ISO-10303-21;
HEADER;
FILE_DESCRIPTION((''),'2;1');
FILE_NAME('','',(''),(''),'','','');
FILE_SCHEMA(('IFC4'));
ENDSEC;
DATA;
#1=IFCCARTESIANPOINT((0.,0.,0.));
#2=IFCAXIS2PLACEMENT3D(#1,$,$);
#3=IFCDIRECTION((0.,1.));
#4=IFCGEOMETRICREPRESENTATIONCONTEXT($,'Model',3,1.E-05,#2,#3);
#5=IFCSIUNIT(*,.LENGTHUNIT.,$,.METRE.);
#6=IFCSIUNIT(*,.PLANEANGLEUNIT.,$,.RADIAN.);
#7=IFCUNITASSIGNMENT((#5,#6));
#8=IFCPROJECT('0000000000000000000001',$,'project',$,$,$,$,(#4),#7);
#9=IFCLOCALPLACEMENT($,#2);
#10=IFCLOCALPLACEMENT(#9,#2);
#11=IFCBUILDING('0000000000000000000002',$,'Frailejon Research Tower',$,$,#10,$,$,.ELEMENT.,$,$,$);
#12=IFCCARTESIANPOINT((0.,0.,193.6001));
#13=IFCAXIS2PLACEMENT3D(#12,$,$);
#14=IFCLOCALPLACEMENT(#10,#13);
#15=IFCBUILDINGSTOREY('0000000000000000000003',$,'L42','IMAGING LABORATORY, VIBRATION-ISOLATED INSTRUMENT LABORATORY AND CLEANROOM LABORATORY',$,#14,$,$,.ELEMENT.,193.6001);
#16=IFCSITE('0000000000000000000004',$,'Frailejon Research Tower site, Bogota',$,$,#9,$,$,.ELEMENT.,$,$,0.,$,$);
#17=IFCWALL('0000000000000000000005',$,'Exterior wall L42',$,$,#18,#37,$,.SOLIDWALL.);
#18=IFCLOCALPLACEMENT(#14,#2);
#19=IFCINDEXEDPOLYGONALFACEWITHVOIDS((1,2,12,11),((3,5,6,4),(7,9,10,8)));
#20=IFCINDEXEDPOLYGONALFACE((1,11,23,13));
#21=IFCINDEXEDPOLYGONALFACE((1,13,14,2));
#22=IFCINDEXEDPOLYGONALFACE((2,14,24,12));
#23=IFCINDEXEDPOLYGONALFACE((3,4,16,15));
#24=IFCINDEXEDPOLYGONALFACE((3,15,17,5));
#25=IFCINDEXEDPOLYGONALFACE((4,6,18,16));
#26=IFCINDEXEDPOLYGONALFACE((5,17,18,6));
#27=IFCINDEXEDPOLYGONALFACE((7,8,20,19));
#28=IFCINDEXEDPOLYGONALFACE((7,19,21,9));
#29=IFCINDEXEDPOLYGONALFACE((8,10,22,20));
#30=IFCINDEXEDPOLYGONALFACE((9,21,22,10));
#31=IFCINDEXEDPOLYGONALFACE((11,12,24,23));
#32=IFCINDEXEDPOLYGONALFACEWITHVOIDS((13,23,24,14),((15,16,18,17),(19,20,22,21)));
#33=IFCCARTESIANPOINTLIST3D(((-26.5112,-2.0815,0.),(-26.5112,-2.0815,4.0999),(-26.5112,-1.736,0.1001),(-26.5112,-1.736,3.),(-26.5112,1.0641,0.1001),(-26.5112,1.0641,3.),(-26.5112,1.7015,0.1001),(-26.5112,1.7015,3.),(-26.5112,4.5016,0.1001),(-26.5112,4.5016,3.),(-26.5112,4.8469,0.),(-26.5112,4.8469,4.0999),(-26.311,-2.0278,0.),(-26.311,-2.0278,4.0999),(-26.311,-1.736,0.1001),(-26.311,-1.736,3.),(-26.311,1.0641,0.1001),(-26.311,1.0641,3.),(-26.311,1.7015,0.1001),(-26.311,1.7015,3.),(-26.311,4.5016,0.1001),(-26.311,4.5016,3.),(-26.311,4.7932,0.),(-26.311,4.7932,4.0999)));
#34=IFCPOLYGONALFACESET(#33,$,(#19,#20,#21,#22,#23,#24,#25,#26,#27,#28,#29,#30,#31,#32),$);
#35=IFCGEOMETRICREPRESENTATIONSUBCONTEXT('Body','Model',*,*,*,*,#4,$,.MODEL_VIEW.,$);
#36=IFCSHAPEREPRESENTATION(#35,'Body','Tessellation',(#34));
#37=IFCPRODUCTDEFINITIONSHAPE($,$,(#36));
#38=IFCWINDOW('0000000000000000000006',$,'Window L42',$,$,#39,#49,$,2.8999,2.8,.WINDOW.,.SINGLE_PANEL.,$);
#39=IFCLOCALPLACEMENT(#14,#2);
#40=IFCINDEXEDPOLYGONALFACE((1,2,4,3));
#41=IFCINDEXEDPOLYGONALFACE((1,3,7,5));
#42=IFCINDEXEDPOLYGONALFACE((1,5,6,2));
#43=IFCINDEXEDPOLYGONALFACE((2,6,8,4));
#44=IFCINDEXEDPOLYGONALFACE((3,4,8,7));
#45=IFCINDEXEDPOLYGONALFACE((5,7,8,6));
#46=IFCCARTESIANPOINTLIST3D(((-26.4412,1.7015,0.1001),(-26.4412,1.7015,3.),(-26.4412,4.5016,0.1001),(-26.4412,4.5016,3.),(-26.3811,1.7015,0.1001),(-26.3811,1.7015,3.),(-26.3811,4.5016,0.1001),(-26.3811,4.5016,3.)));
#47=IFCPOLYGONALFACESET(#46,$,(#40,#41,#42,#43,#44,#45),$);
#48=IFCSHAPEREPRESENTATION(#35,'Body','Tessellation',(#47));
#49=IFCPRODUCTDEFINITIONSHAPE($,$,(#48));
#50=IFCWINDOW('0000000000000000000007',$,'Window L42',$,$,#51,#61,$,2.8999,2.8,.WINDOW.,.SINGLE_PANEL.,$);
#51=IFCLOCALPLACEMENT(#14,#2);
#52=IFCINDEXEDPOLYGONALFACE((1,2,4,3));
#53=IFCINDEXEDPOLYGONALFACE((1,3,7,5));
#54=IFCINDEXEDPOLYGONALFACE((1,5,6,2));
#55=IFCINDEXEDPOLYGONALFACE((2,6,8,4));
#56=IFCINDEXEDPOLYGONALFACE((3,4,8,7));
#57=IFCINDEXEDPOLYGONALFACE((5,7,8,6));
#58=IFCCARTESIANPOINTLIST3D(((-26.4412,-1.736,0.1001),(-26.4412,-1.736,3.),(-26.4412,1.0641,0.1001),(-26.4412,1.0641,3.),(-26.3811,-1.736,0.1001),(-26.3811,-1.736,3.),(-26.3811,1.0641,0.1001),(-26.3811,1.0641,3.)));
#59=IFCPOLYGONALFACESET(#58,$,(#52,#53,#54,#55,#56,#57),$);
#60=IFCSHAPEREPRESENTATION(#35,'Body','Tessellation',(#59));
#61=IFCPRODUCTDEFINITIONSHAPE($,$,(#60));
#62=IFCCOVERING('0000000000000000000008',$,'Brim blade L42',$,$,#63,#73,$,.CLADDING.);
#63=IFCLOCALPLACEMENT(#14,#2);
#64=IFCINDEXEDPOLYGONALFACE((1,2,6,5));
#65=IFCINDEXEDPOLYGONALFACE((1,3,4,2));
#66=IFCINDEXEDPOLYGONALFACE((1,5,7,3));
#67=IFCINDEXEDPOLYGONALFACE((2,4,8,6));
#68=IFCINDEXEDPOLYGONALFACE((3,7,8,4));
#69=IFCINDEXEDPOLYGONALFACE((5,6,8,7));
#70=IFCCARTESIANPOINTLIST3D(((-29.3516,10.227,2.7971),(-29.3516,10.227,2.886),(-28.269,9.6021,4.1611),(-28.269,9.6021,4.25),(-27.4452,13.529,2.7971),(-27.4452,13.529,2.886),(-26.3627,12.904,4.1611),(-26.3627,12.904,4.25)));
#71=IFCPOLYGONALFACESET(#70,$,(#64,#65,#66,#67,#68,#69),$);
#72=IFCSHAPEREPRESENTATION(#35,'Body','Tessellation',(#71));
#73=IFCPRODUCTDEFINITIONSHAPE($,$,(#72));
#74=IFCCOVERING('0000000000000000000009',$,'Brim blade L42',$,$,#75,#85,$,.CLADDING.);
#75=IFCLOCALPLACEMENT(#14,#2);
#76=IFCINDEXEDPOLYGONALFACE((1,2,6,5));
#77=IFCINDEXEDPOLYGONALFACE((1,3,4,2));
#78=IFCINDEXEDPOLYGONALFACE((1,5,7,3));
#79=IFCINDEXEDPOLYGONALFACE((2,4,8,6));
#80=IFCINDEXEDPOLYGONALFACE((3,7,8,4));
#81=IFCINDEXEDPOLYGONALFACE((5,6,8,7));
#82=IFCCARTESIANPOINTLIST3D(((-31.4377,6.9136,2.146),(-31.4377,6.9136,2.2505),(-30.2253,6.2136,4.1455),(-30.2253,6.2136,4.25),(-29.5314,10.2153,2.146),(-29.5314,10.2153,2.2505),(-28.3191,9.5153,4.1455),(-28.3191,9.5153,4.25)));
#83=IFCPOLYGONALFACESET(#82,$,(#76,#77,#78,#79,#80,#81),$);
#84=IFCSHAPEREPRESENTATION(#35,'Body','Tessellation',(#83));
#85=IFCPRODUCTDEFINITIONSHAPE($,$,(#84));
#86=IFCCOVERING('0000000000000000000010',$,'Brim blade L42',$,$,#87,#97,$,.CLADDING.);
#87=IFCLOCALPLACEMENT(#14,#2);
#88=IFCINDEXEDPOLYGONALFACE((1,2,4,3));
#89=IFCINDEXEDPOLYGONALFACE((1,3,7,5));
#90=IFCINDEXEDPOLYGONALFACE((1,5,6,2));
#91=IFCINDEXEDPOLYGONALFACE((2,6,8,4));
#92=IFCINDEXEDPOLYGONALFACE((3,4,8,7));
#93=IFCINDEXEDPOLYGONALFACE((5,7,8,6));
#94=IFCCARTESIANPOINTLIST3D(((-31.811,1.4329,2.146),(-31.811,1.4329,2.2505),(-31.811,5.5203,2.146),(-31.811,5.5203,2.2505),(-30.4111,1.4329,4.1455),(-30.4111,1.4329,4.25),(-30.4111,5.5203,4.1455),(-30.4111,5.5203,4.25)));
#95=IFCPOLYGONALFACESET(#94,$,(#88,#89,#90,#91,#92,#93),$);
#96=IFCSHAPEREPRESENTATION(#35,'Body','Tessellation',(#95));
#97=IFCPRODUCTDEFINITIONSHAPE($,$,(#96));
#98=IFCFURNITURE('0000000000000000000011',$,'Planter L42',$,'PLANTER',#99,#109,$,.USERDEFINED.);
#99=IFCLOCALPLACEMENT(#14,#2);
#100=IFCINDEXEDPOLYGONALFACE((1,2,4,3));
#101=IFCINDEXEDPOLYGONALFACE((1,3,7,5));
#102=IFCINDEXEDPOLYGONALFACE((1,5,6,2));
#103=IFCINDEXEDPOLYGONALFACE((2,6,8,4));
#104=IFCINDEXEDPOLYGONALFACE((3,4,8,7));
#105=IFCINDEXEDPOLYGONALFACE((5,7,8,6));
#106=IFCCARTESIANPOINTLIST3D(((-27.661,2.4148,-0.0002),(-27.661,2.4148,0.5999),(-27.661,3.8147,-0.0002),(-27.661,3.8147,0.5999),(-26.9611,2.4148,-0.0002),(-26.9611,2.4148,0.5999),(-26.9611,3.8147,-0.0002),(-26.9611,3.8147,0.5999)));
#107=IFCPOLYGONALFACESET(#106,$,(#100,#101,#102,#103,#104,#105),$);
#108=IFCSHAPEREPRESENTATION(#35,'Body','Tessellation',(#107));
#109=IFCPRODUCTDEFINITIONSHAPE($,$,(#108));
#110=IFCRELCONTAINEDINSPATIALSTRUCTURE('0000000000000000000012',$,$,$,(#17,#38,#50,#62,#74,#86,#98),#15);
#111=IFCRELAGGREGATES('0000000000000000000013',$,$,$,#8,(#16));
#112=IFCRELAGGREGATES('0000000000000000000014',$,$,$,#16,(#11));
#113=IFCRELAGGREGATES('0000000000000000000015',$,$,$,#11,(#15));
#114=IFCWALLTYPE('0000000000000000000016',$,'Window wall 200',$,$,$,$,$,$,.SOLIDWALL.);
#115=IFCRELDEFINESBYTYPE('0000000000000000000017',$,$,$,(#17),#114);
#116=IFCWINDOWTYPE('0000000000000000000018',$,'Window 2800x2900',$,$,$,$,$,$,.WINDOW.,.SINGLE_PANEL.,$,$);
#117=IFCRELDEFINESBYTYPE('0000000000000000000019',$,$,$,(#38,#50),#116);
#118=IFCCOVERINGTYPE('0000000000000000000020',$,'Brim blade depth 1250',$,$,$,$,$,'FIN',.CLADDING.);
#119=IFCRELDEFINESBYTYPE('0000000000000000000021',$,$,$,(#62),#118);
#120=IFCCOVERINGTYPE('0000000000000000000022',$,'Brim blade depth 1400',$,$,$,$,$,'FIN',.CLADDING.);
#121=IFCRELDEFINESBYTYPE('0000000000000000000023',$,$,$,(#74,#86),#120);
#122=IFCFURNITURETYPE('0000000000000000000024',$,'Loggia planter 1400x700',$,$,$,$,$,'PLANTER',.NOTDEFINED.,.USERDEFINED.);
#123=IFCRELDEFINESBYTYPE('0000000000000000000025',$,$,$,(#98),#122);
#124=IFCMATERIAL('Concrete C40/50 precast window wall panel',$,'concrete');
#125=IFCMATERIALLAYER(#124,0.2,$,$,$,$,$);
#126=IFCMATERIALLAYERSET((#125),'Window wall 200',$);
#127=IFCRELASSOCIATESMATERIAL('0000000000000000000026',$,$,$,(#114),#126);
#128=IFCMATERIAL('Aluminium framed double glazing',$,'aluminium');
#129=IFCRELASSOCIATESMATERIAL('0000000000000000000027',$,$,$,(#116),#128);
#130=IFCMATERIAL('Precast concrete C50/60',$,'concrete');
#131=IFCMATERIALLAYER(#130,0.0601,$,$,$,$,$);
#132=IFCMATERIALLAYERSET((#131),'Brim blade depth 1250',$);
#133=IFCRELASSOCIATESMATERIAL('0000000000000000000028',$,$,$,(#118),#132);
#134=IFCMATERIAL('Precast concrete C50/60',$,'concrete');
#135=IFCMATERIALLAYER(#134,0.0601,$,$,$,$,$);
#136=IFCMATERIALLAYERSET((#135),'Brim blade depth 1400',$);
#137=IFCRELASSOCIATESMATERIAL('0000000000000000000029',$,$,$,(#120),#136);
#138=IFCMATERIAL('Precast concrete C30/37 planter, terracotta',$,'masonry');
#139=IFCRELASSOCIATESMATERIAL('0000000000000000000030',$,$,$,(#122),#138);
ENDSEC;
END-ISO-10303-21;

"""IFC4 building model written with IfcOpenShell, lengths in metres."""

from ifc_helpers import new_model, si_unit, direction, frame, frame_2d, origin, origin_2d, place, context, subcontext, project, spatial, polyline, rectangle, outline, extrude, material, layer, layer_set, type_object, element, fill, save


model = new_model("IFC4")

# Units and contexts
model_context = context("Model", 3, precision=1e-05, world=origin(), true_north=direction((0.0, 1.0)))
body_context = subcontext(model_context, "Body", "Model", "MODEL_VIEW")
ifc_project = project(units=[si_unit("LENGTHUNIT", "METRE"), si_unit("PLANEANGLEUNIT", "RADIAN")], contexts=[model_context])

# Site, building, storey
site_placement = place(None, origin())
site = spatial("IfcSite", under=ifc_project, at=site_placement, Name="Frailejon Research Tower site, Bogota", CompositionType="ELEMENT", RefElevation=0.0)
building_placement = place(site_placement, origin())
building = spatial("IfcBuilding", under=site, at=building_placement, Name="Frailejon Research Tower", CompositionType="ELEMENT")
storey_placement = place(building_placement, frame((0.0, 0.0, 193.6001)))
storey = spatial("IfcBuildingStorey", under=building, at=storey_placement, Name="L42", Description="IMAGING LABORATORY, VIBRATION-ISOLATED INSTRUMENT LABORATORY AND CLEANROOM LABORATORY", CompositionType="ELEMENT", Elevation=193.6001)

# Wall, openings, windows
ifc_material_1 = material(Name="Concrete C40/50 precast window wall panel", Category="concrete")
ifc_layer_1 = layer(ifc_material_1, 0.2)
ifc_layer_set_1 = layer_set([ifc_layer_1], Name="Window wall 200")
wall_type_1 = type_object("IfcWallType", Name="Window wall 200", PredefinedType="SOLIDWALL", material=ifc_layer_set_1)
wall_1_placement = place(storey_placement, frame((-26.4111, 4.8201, 0.0), z_axis=(0.0, 0.0, 1.0), x_axis=(0.0, -1.0, 0.0)))
wall_1 = element("IfcWall", 1, at=wall_1_placement, inside=storey, type_object=wall_type_1, Name="Exterior wall L42", PredefinedType="SOLIDWALL", context=body_context, shape_type="SweptSolid", body=[
    extrude(outline(polyline([(-0.0269, -0.1001), (1.1279, -0.1001), (2.2827, -0.1001), (3.4375, -0.1001), (4.592, -0.1001), (5.7468, -0.1001), (6.9016, -0.1001), (6.8479, 0.1001), (5.7109, 0.1001), (4.5742, 0.1001), (3.4375, 0.1001), (2.3005, 0.1001), (1.1636, 0.1001), (0.0269, 0.1001), (-0.0269, -0.1001)])), origin(), (0.0, 0.0, 1.0), 4.0999),
])
opening_1_placement = place(wall_1_placement, frame((0.3186, 0.0, 0.1001)))
opening_1 = element("IfcOpeningElement", 2, at=opening_1_placement, cuts=wall_1, PredefinedType="OPENING", context=body_context, shape_type="SweptSolid", body=[
    extrude(rectangle(XDim=2.8, YDim=2.8999, at=frame_2d((1.3999, 1.45))), frame((0.0, 0.1099, 0.0), z_axis=(0.0, -1.0, 0.0), x_axis=(1.0, 0.0, 0.0)), (0.0, 0.0, 1.0), 0.22),
])
opening_2_placement = place(wall_1_placement, frame((3.7561, 0.0, 0.1001)))
opening_2 = element("IfcOpeningElement", 3, at=opening_2_placement, cuts=wall_1, PredefinedType="OPENING", context=body_context, shape_type="SweptSolid", body=[
    extrude(rectangle(XDim=2.8, YDim=2.8999, at=frame_2d((1.3999, 1.45))), frame((0.0, 0.1099, 0.0), z_axis=(0.0, -1.0, 0.0), x_axis=(1.0, 0.0, 0.0)), (0.0, 0.0, 1.0), 0.22),
])
ifc_material_2 = material(Name="Aluminium framed double glazing", Category="aluminium")
window_type = type_object("IfcWindowType", Name="Window 2800x2900", PartitioningType="SINGLE_PANEL", PredefinedType="WINDOW", material=ifc_material_2)
window_1_placement = place(opening_1_placement, origin())
window_1 = element("IfcWindow", 4, at=window_1_placement, inside=storey, type_object=window_type, Name="Window L42", OverallHeight=2.8999, OverallWidth=2.8, PartitioningType="SINGLE_PANEL", PredefinedType="WINDOW", context=body_context, shape_type="SweptSolid", body=[
    extrude(rectangle(XDim=2.8, YDim=2.8999, at=frame_2d((1.3999, 1.45))), frame((0.0, 0.03, 0.0), z_axis=(0.0, -1.0, 0.0), x_axis=(1.0, 0.0, 0.0)), (0.0, 0.0, 1.0), 0.0601),
])
fill(opening_1, window_1)
window_2_placement = place(opening_2_placement, origin())
window_2 = element("IfcWindow", 5, at=window_2_placement, inside=storey, type_object=window_type, Name="Window L42", OverallHeight=2.8999, OverallWidth=2.8, PartitioningType="SINGLE_PANEL", PredefinedType="WINDOW", context=body_context, shape_type="SweptSolid", body=[
    extrude(rectangle(XDim=2.8, YDim=2.8999, at=frame_2d((1.3999, 1.45))), frame((0.0, 0.03, 0.0), z_axis=(0.0, -1.0, 0.0), x_axis=(1.0, 0.0, 0.0)), (0.0, 0.0, 1.0), 0.0601),
])
fill(opening_2, window_2)

# Coverings
ifc_material_3 = material(Name="Precast concrete C50/60", Category="concrete")
ifc_layer_2 = layer(ifc_material_3, 0.0601)
ifc_layer_set_2 = layer_set([ifc_layer_2], Name="Brim blade depth 1250")
covering_type_1 = type_object("IfcCoveringType", Name="Brim blade depth 1250", ElementType="FIN", PredefinedType="CLADDING", material=ifc_layer_set_2)
covering_1_placement = place(storey_placement, frame((-28.269, 9.6021, 4.25), z_axis=(0.49999, 0.866031, 0.0), x_axis=(-0.866031, 0.49999, 0.0)))
element("IfcCovering", 6, at=covering_1_placement, inside=storey, type_object=covering_type_1, Name="Brim blade L42", PredefinedType="CLADDING", context=body_context, shape_type="SweptSolid", body=[
    extrude(outline(polyline([(0.0, -0.0889), (1.25, -1.4529), (1.25, -1.364), (0.0, 0.0), (0.0, -0.0889)])), origin(), (0.0, 0.0, 1.0), 3.8127),
])
ifc_material_4 = material(Name="Precast concrete C50/60", Category="concrete")
ifc_layer_3 = layer(ifc_material_4, 0.0601)
ifc_layer_set_3 = layer_set([ifc_layer_3], Name="Brim blade depth 1400")
covering_type_2 = type_object("IfcCoveringType", Name="Brim blade depth 1400", ElementType="FIN", PredefinedType="CLADDING", material=ifc_layer_set_3)
covering_2_placement = place(storey_placement, frame((-30.2253, 6.2136, 4.25), z_axis=(0.500001, 0.866025, 0.0), x_axis=(-0.866025, 0.500001, 0.0)))
element("IfcCovering", 7, at=covering_2_placement, inside=storey, type_object=covering_type_2, Name="Brim blade L42", PredefinedType="CLADDING", context=body_context, shape_type="SweptSolid", body=[
    extrude(outline(polyline([(0.0, -0.1045), (1.3999, -2.104), (1.3999, -1.9995), (0.0, 0.0), (0.0, -0.1045)])), origin(), (0.0, 0.0, 1.0), 3.8125),
])
covering_3_placement = place(storey_placement, frame((-30.4111, 1.4329, 4.25), z_axis=(0.0, 1.0, 0.0), x_axis=(-1.0, 0.0, 0.0)))
element("IfcCovering", 8, at=covering_3_placement, inside=storey, type_object=covering_type_2, Name="Brim blade L42", PredefinedType="CLADDING", context=body_context, shape_type="SweptSolid", body=[
    extrude(outline(polyline([(0.0, -0.1045), (1.3999, -2.104), (1.3999, -1.9995), (0.0, 0.0), (0.0, -0.1045)])), origin(), (0.0, 0.0, 1.0), 4.0874),
])

# Furniture
ifc_material_5 = material(Name="Precast concrete C30/37 planter, terracotta", Category="masonry")
furniture_type = type_object("IfcFurnitureType", Name="Loggia planter 1400x700", ElementType="PLANTER", AssemblyPlace="NOTDEFINED", PredefinedType="USERDEFINED", material=ifc_material_5)
furniture_placement = place(storey_placement, frame((-27.311, 3.1147, -0.0002), z_axis=(0.0, 0.0, 1.0), x_axis=(0.0, -1.0, 0.0)))
element("IfcFurniture", 9, at=furniture_placement, inside=storey, type_object=furniture_type, Name="Planter L42", ObjectType="PLANTER", PredefinedType="USERDEFINED", context=body_context, shape_type="SweptSolid", body=[
    extrude(rectangle(XDim=1.3999, YDim=0.7, at=origin_2d()), origin(), (0.0, 0.0, 1.0), 0.6001),
])

save(model, "model.ifc")
